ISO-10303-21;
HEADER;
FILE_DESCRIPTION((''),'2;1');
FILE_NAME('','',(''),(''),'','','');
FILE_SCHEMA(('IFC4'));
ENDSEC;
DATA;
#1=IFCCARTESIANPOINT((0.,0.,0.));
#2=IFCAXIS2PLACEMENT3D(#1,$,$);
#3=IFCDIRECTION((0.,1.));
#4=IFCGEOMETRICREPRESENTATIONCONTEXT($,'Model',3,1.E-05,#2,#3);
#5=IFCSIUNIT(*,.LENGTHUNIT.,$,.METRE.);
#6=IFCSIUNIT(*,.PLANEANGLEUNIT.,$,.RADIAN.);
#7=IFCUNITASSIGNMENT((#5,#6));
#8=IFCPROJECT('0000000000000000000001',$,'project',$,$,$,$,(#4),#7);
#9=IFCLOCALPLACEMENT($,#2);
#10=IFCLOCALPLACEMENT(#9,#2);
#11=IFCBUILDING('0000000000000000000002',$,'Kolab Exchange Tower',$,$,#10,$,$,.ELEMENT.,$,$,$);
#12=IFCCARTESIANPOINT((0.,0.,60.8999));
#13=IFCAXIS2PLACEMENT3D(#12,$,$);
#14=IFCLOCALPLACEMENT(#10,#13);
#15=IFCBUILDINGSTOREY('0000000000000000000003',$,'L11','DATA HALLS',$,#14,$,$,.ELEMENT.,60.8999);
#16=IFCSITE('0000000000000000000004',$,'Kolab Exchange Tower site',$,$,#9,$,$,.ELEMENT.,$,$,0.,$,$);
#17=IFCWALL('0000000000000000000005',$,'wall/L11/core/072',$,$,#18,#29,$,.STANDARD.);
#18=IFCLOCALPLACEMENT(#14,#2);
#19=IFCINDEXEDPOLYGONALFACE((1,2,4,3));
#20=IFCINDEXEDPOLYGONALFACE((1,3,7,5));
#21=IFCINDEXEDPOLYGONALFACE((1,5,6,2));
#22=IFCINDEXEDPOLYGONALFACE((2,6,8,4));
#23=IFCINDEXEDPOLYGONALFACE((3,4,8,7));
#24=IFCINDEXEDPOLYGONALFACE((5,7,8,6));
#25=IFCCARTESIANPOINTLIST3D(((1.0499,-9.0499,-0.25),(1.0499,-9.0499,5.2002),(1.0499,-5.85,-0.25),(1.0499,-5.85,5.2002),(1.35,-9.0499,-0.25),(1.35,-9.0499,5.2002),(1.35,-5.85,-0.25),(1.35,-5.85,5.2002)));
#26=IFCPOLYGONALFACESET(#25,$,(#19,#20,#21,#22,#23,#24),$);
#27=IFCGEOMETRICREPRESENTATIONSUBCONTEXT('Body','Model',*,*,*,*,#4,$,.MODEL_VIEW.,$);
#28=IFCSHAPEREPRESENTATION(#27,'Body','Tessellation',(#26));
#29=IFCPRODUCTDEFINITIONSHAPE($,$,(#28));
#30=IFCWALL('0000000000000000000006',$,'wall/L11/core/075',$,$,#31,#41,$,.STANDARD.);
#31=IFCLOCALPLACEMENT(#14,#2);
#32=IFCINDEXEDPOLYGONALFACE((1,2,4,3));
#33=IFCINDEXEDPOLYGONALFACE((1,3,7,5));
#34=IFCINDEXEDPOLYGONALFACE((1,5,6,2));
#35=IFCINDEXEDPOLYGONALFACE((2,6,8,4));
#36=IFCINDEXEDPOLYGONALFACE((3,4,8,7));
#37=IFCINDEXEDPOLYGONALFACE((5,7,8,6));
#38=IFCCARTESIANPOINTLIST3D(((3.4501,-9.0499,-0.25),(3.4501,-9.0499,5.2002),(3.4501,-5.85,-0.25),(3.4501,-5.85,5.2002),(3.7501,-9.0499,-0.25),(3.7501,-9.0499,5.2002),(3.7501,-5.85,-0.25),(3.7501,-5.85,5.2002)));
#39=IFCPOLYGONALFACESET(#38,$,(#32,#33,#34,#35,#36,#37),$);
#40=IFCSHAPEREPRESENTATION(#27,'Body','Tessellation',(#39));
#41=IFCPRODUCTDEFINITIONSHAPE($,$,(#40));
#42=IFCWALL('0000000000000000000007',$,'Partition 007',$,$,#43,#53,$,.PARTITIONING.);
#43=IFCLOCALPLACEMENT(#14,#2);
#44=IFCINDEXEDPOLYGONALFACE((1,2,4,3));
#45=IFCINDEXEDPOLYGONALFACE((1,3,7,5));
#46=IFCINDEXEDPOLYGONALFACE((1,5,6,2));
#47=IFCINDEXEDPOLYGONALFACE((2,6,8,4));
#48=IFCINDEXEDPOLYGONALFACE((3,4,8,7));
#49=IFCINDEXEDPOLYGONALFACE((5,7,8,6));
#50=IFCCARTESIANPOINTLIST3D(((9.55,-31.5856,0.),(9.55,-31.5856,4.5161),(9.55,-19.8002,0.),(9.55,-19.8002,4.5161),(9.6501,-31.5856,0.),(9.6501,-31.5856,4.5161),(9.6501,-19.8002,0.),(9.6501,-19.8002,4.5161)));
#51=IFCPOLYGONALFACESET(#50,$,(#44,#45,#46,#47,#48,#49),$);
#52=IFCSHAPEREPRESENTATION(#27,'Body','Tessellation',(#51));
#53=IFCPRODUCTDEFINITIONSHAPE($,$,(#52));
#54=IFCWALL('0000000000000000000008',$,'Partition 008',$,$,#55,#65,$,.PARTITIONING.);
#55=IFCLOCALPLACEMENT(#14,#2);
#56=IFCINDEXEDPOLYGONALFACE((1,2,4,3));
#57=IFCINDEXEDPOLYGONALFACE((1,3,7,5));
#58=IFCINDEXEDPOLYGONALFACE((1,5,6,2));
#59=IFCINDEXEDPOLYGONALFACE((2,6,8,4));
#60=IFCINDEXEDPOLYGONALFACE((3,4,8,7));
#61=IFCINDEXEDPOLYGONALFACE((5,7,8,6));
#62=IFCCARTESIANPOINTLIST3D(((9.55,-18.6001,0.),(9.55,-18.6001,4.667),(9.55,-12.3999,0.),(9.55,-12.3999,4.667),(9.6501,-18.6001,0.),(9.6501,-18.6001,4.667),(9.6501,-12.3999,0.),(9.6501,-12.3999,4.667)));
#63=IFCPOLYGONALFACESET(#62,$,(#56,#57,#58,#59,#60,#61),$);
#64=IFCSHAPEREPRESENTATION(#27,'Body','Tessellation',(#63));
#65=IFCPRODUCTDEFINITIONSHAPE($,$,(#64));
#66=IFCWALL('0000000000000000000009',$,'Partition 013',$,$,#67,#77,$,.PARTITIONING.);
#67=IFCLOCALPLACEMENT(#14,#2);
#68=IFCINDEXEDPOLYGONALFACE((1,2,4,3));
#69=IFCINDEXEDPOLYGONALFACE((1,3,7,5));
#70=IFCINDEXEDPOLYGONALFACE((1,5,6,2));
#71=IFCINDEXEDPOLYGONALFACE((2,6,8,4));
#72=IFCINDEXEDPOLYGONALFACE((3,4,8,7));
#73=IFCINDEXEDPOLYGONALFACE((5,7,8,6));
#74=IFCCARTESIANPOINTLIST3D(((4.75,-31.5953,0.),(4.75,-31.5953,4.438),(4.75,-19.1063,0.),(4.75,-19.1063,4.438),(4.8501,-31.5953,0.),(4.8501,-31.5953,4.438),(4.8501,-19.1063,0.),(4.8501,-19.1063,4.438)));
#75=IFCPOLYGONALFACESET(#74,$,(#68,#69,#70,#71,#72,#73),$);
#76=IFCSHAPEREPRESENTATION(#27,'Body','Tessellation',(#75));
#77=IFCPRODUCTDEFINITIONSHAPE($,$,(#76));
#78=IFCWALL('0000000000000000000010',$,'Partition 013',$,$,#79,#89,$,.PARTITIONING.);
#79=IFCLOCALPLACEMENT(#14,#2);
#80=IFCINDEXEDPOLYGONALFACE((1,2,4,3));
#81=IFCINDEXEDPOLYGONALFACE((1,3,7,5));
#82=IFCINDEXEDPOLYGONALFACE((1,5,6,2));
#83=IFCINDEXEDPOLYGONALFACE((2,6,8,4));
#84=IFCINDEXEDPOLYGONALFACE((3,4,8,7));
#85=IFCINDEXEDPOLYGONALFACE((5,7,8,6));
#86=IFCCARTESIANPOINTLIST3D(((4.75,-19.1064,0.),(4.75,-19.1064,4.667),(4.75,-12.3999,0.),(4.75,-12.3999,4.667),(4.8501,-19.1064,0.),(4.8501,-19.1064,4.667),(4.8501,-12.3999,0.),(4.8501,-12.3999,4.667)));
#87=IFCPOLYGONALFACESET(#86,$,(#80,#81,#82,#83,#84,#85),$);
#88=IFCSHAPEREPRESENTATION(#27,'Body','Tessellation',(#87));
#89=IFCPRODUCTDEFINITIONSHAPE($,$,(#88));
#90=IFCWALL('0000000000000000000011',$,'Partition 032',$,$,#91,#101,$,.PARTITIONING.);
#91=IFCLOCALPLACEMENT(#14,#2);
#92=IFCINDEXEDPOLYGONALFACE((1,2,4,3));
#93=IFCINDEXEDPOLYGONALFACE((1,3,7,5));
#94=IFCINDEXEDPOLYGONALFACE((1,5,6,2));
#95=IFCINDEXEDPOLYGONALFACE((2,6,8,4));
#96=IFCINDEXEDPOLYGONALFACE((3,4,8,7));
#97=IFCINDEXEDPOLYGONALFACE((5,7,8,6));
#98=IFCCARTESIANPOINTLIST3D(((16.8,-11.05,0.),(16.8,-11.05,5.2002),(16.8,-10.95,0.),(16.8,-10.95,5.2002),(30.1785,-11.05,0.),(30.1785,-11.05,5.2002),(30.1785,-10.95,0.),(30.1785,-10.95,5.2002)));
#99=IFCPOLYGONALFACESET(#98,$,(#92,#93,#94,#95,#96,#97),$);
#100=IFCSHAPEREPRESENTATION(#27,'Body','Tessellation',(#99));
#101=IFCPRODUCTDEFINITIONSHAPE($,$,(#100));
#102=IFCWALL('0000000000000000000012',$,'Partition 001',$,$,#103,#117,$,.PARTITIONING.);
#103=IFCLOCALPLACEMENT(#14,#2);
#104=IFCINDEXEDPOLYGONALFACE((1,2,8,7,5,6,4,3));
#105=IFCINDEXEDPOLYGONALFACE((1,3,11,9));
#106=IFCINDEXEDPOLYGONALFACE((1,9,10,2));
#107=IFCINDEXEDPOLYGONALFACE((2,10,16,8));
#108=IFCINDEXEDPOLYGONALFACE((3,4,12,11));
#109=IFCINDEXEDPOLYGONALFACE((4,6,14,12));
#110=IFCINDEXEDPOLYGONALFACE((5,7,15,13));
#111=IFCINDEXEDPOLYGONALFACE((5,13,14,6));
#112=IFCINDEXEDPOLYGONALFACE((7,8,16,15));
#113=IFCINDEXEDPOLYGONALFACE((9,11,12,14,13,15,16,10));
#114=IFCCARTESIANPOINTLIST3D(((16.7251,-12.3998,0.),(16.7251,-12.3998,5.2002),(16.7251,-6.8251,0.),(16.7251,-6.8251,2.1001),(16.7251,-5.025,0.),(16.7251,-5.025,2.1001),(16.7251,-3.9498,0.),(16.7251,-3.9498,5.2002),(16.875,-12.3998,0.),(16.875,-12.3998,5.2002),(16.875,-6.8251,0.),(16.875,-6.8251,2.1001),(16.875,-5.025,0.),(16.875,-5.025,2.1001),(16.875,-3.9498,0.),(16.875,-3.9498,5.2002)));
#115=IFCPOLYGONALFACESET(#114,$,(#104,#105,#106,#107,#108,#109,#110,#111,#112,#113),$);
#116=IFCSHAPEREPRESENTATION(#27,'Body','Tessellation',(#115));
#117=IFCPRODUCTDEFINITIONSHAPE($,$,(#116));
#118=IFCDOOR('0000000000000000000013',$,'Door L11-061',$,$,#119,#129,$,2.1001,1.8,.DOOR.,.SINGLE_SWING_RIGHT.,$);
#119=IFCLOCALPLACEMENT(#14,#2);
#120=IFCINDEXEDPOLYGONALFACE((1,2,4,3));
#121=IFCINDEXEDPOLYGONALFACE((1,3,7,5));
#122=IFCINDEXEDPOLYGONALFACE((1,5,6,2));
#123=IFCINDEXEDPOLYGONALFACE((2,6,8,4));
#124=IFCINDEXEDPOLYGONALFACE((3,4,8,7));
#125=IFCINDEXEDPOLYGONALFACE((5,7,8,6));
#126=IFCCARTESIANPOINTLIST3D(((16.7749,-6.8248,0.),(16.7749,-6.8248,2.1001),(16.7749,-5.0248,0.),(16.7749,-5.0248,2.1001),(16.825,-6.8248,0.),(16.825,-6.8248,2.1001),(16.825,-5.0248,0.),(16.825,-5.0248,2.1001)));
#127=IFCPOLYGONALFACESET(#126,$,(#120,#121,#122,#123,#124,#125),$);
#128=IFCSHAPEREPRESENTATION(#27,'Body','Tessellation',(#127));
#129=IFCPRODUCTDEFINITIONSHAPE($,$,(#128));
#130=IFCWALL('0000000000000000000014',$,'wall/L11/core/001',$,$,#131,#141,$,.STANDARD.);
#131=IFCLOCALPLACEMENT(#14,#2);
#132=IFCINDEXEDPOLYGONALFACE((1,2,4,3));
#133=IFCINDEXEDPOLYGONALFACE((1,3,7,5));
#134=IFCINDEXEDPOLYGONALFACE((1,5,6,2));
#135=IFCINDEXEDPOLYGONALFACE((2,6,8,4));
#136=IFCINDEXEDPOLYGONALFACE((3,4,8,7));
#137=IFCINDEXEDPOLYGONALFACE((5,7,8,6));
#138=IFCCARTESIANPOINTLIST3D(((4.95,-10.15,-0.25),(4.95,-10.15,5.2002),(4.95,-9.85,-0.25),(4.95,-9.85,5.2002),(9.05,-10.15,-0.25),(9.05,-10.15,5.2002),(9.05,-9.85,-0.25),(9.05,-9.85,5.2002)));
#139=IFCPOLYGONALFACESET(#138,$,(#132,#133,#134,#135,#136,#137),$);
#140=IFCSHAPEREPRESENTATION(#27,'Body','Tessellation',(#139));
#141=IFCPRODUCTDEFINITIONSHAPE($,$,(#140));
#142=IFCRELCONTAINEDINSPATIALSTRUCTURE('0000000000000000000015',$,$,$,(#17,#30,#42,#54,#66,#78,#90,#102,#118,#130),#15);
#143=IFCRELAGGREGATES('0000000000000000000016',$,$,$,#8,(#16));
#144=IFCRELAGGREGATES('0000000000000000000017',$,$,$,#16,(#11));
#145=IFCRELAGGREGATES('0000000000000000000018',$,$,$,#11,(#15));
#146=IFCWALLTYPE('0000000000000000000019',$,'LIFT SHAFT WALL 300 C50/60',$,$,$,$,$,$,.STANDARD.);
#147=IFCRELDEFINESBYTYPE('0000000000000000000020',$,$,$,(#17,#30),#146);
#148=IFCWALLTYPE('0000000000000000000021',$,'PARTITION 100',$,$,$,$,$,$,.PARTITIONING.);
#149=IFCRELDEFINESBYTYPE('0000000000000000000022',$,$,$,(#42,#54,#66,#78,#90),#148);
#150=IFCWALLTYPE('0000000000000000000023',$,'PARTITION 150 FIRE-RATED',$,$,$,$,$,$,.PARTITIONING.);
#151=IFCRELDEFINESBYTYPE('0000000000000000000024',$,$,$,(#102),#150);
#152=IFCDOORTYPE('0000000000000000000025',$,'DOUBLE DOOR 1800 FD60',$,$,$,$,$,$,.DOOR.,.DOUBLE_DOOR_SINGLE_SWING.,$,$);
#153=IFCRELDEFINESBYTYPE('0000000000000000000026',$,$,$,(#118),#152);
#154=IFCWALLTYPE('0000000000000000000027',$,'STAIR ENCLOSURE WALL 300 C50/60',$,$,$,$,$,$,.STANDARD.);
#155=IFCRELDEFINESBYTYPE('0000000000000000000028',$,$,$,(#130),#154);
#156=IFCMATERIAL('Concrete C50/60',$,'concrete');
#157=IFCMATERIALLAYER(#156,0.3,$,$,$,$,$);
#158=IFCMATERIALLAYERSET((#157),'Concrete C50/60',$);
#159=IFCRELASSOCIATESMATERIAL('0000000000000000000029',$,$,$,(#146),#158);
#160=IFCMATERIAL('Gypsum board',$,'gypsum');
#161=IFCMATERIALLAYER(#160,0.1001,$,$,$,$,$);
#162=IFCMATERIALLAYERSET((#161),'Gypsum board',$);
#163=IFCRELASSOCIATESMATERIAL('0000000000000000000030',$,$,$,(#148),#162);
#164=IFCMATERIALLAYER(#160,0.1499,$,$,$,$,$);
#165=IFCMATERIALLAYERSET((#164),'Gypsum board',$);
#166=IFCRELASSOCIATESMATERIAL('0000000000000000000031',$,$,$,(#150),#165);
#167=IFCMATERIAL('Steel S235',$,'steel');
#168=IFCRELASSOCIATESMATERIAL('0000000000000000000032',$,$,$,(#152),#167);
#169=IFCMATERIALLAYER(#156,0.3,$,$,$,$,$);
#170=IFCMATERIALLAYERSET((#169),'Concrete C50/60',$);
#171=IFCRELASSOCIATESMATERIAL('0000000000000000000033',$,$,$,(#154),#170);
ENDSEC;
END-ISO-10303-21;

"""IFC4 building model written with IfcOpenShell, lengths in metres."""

from ifc_helpers import new_model, si_unit, direction, frame, frame_2d, origin, place, context, subcontext, project, spatial, rectangle, extrude, material, layer, layer_set, type_object, element, fill, save


model = new_model("IFC4")

# Units and contexts
model_context = context("Model", 3, precision=1e-05, world=origin(), true_north=direction((0.0, 1.0)))
body_context = subcontext(model_context, "Body", "Model", "MODEL_VIEW")
ifc_project = project(units=[si_unit("LENGTHUNIT", "METRE"), si_unit("PLANEANGLEUNIT", "RADIAN")], contexts=[model_context])

# Site, building, storey
site_placement = place(None, origin())
site = spatial("IfcSite", under=ifc_project, at=site_placement, Name="Kolab Exchange Tower site", CompositionType="ELEMENT", RefElevation=0.0)
building_placement = place(site_placement, origin())
building = spatial("IfcBuilding", under=site, at=building_placement, Name="Kolab Exchange Tower", CompositionType="ELEMENT")
storey_placement = place(building_placement, frame((0.0, 0.0, 60.8999)))
storey = spatial("IfcBuildingStorey", under=building, at=storey_placement, Name="L11", Description="DATA HALLS", CompositionType="ELEMENT", Elevation=60.8999)

# Shared definitions
ifc_material_1 = material(Name="Steel S235", Category="steel")

# Walls
ifc_material_2 = material(Name="Concrete C50/60", Category="concrete")
ifc_layer_1 = layer(ifc_material_2, 0.3)
ifc_layer_set_1 = layer_set([ifc_layer_1], Name="Concrete C50/60")
wall_type_1 = type_object("IfcWallType", Name="LIFT SHAFT WALL 300 C50/60", PredefinedType="STANDARD", material=ifc_layer_set_1)
for number, where, z_axis, x_axis, name in (
    (1, (1.2, -9.05, -0.25), (0.0, 0.0, 1.0), (0.0, 1.0, 0.0), "wall/L11/core/072"),
    (2, (3.6001, -9.05, -0.25), (0.0, 0.0, 1.0), (0.0, 1.0, 0.0), "wall/L11/core/075"),
):
    element("IfcWall", number, at=place(storey_placement, frame(where, z_axis=z_axis, x_axis=x_axis)), inside=storey, type_object=wall_type_1, Name=name, PredefinedType="STANDARD", context=body_context, shape_type="SweptSolid", body=[
        extrude(rectangle(XDim=3.2, YDim=0.3, at=frame_2d((1.6001, 0.0))), origin(), (0.0, 0.0, 1.0), 5.4502),
    ])
ifc_material_3 = material(Name="Gypsum board", Category="gypsum")
ifc_layer_2 = layer(ifc_material_3, 0.1001)
ifc_layer_set_2 = layer_set([ifc_layer_2], Name="Gypsum board")
wall_type_2 = type_object("IfcWallType", Name="PARTITION 100", PredefinedType="PARTITIONING", material=ifc_layer_set_2)
wall_1_placement = place(storey_placement, frame((9.6001, -31.5854, 0.0), z_axis=(0.0, 0.0, 1.0), x_axis=(0.0, 1.0, 0.0)))
element("IfcWall", 3, at=wall_1_placement, inside=storey, type_object=wall_type_2, Name="Partition 007", PredefinedType="PARTITIONING", context=body_context, shape_type="SweptSolid", body=[
    extrude(rectangle(XDim=11.7854, YDim=0.1001, at=frame_2d((5.8926, 0.0))), origin(), (0.0, 0.0, 1.0), 4.5161),
])
wall_2_placement = place(storey_placement, frame((9.6001, -18.6001, 0.0), z_axis=(0.0, 0.0, 1.0), x_axis=(0.0, 1.0, 0.0)))
element("IfcWall", 4, at=wall_2_placement, inside=storey, type_object=wall_type_2, Name="Partition 008", PredefinedType="PARTITIONING", context=body_context, shape_type="SweptSolid", body=[
    extrude(rectangle(XDim=6.2002, YDim=0.1001, at=frame_2d((3.1001, 0.0))), origin(), (0.0, 0.0, 1.0), 4.667),
])
wall_3_placement = place(storey_placement, frame((4.8, -31.5955, 0.0), z_axis=(0.0, 0.0, 1.0), x_axis=(0.0, 1.0, 0.0)))
element("IfcWall", 5, at=wall_3_placement, inside=storey, type_object=wall_type_2, Name="Partition 013", PredefinedType="PARTITIONING", context=body_context, shape_type="SweptSolid", body=[
    extrude(rectangle(XDim=12.489, YDim=0.1001, at=frame_2d((6.2446, 0.0))), origin(), (0.0, 0.0, 1.0), 4.438),
])
wall_4_placement = place(storey_placement, frame((4.8, -19.1064, 0.0), z_axis=(0.0, 0.0, 1.0), x_axis=(0.0, 1.0, 0.0)))
element("IfcWall", 6, at=wall_4_placement, inside=storey, type_object=wall_type_2, Name="Partition 013", PredefinedType="PARTITIONING", context=body_context, shape_type="SweptSolid", body=[
    extrude(rectangle(XDim=6.7065, YDim=0.1001, at=frame_2d((3.3533, 0.0))), origin(), (0.0, 0.0, 1.0), 4.667),
])
wall_5_placement = place(storey_placement, frame((16.8, -11.0, 0.0), z_axis=(0.0, 0.0, 1.0), x_axis=(1.0, 0.0, 0.0)))
element("IfcWall", 7, at=wall_5_placement, inside=storey, type_object=wall_type_2, Name="Partition 032", PredefinedType="PARTITIONING", context=body_context, shape_type="SweptSolid", body=[
    extrude(rectangle(XDim=13.3784, YDim=0.1001, at=frame_2d((6.6892, 0.0))), origin(), (0.0, 0.0, 1.0), 5.2002),
])

# Wall, opening, door
ifc_layer_3 = layer(ifc_material_3, 0.1499)
ifc_layer_set_3 = layer_set([ifc_layer_3], Name="Gypsum board")
wall_type_3 = type_object("IfcWallType", Name="PARTITION 150 FIRE-RATED", PredefinedType="PARTITIONING", material=ifc_layer_set_3)
wall_6_placement = place(storey_placement, frame((16.8, -12.3999, 0.0), z_axis=(0.0, 0.0, 1.0), x_axis=(0.0, 1.0, 0.0)))
wall_6 = element("IfcWall", 8, at=wall_6_placement, inside=storey, type_object=wall_type_3, Name="Partition 001", PredefinedType="PARTITIONING", context=body_context, shape_type="SweptSolid", body=[
    extrude(rectangle(XDim=8.45, YDim=0.1499, at=frame_2d((4.2251, 0.0))), origin(), (0.0, 0.0, 1.0), 5.2002),
])
opening_1_placement = place(wall_6_placement, frame((5.575, 0.0, 0.0)))
opening_1 = element("IfcOpeningElement", 9, at=opening_1_placement, cuts=wall_6, PredefinedType="OPENING", context=body_context, shape_type="SweptSolid", body=[
    extrude(rectangle(XDim=1.8, YDim=2.1001, at=frame_2d((0.8999, 1.05))), frame((0.0, 0.085, 0.0), z_axis=(0.0, -1.0, 0.0), x_axis=(1.0, 0.0, 0.0)), (0.0, 0.0, 1.0), 0.1699),
])
door_type_1 = type_object("IfcDoorType", Name="DOUBLE DOOR 1800 FD60", OperationType="DOUBLE_DOOR_SINGLE_SWING", PredefinedType="DOOR", material=ifc_material_1)
door_1_placement = place(opening_1_placement, frame((1.8, 0.0, 0.0), z_axis=(0.0, 0.0, 1.0), x_axis=(-1.0, 0.0, 0.0)))
door_1 = element("IfcDoor", 10, at=door_1_placement, inside=storey, type_object=door_type_1, Name="Door L11-061", OperationType="SINGLE_SWING_RIGHT", OverallHeight=2.1001, OverallWidth=1.8, PredefinedType="DOOR", context=body_context, shape_type="SweptSolid", body=[
    extrude(rectangle(XDim=1.8, YDim=2.1001, at=frame_2d((0.8999, 1.05))), frame((0.0, 0.0249, 0.0), z_axis=(0.0, -1.0, 0.0), x_axis=(1.0, 0.0, 0.0)), (0.0, 0.0, 1.0), 0.05),
])
fill(opening_1, door_1)

# Wall
ifc_layer_4 = layer(ifc_material_2, 0.3)
ifc_layer_set_4 = layer_set([ifc_layer_4], Name="Concrete C50/60")
wall_type_4 = type_object("IfcWallType", Name="STAIR ENCLOSURE WALL 300 C50/60", PredefinedType="STANDARD", material=ifc_layer_set_4)
wall_7_placement = place(storey_placement, frame((4.95, -10.0, -0.25), z_axis=(0.0, 0.0, 1.0), x_axis=(1.0, 0.0, 0.0)))
element("IfcWall", 11, at=wall_7_placement, inside=storey, type_object=wall_type_4, Name="wall/L11/core/001", PredefinedType="STANDARD", context=body_context, shape_type="SweptSolid", body=[
    extrude(rectangle(XDim=4.1001, YDim=0.3, at=frame_2d((2.05, 0.0))), origin(), (0.0, 0.0, 1.0), 5.4502),
])

save(model, "model.ifc")
